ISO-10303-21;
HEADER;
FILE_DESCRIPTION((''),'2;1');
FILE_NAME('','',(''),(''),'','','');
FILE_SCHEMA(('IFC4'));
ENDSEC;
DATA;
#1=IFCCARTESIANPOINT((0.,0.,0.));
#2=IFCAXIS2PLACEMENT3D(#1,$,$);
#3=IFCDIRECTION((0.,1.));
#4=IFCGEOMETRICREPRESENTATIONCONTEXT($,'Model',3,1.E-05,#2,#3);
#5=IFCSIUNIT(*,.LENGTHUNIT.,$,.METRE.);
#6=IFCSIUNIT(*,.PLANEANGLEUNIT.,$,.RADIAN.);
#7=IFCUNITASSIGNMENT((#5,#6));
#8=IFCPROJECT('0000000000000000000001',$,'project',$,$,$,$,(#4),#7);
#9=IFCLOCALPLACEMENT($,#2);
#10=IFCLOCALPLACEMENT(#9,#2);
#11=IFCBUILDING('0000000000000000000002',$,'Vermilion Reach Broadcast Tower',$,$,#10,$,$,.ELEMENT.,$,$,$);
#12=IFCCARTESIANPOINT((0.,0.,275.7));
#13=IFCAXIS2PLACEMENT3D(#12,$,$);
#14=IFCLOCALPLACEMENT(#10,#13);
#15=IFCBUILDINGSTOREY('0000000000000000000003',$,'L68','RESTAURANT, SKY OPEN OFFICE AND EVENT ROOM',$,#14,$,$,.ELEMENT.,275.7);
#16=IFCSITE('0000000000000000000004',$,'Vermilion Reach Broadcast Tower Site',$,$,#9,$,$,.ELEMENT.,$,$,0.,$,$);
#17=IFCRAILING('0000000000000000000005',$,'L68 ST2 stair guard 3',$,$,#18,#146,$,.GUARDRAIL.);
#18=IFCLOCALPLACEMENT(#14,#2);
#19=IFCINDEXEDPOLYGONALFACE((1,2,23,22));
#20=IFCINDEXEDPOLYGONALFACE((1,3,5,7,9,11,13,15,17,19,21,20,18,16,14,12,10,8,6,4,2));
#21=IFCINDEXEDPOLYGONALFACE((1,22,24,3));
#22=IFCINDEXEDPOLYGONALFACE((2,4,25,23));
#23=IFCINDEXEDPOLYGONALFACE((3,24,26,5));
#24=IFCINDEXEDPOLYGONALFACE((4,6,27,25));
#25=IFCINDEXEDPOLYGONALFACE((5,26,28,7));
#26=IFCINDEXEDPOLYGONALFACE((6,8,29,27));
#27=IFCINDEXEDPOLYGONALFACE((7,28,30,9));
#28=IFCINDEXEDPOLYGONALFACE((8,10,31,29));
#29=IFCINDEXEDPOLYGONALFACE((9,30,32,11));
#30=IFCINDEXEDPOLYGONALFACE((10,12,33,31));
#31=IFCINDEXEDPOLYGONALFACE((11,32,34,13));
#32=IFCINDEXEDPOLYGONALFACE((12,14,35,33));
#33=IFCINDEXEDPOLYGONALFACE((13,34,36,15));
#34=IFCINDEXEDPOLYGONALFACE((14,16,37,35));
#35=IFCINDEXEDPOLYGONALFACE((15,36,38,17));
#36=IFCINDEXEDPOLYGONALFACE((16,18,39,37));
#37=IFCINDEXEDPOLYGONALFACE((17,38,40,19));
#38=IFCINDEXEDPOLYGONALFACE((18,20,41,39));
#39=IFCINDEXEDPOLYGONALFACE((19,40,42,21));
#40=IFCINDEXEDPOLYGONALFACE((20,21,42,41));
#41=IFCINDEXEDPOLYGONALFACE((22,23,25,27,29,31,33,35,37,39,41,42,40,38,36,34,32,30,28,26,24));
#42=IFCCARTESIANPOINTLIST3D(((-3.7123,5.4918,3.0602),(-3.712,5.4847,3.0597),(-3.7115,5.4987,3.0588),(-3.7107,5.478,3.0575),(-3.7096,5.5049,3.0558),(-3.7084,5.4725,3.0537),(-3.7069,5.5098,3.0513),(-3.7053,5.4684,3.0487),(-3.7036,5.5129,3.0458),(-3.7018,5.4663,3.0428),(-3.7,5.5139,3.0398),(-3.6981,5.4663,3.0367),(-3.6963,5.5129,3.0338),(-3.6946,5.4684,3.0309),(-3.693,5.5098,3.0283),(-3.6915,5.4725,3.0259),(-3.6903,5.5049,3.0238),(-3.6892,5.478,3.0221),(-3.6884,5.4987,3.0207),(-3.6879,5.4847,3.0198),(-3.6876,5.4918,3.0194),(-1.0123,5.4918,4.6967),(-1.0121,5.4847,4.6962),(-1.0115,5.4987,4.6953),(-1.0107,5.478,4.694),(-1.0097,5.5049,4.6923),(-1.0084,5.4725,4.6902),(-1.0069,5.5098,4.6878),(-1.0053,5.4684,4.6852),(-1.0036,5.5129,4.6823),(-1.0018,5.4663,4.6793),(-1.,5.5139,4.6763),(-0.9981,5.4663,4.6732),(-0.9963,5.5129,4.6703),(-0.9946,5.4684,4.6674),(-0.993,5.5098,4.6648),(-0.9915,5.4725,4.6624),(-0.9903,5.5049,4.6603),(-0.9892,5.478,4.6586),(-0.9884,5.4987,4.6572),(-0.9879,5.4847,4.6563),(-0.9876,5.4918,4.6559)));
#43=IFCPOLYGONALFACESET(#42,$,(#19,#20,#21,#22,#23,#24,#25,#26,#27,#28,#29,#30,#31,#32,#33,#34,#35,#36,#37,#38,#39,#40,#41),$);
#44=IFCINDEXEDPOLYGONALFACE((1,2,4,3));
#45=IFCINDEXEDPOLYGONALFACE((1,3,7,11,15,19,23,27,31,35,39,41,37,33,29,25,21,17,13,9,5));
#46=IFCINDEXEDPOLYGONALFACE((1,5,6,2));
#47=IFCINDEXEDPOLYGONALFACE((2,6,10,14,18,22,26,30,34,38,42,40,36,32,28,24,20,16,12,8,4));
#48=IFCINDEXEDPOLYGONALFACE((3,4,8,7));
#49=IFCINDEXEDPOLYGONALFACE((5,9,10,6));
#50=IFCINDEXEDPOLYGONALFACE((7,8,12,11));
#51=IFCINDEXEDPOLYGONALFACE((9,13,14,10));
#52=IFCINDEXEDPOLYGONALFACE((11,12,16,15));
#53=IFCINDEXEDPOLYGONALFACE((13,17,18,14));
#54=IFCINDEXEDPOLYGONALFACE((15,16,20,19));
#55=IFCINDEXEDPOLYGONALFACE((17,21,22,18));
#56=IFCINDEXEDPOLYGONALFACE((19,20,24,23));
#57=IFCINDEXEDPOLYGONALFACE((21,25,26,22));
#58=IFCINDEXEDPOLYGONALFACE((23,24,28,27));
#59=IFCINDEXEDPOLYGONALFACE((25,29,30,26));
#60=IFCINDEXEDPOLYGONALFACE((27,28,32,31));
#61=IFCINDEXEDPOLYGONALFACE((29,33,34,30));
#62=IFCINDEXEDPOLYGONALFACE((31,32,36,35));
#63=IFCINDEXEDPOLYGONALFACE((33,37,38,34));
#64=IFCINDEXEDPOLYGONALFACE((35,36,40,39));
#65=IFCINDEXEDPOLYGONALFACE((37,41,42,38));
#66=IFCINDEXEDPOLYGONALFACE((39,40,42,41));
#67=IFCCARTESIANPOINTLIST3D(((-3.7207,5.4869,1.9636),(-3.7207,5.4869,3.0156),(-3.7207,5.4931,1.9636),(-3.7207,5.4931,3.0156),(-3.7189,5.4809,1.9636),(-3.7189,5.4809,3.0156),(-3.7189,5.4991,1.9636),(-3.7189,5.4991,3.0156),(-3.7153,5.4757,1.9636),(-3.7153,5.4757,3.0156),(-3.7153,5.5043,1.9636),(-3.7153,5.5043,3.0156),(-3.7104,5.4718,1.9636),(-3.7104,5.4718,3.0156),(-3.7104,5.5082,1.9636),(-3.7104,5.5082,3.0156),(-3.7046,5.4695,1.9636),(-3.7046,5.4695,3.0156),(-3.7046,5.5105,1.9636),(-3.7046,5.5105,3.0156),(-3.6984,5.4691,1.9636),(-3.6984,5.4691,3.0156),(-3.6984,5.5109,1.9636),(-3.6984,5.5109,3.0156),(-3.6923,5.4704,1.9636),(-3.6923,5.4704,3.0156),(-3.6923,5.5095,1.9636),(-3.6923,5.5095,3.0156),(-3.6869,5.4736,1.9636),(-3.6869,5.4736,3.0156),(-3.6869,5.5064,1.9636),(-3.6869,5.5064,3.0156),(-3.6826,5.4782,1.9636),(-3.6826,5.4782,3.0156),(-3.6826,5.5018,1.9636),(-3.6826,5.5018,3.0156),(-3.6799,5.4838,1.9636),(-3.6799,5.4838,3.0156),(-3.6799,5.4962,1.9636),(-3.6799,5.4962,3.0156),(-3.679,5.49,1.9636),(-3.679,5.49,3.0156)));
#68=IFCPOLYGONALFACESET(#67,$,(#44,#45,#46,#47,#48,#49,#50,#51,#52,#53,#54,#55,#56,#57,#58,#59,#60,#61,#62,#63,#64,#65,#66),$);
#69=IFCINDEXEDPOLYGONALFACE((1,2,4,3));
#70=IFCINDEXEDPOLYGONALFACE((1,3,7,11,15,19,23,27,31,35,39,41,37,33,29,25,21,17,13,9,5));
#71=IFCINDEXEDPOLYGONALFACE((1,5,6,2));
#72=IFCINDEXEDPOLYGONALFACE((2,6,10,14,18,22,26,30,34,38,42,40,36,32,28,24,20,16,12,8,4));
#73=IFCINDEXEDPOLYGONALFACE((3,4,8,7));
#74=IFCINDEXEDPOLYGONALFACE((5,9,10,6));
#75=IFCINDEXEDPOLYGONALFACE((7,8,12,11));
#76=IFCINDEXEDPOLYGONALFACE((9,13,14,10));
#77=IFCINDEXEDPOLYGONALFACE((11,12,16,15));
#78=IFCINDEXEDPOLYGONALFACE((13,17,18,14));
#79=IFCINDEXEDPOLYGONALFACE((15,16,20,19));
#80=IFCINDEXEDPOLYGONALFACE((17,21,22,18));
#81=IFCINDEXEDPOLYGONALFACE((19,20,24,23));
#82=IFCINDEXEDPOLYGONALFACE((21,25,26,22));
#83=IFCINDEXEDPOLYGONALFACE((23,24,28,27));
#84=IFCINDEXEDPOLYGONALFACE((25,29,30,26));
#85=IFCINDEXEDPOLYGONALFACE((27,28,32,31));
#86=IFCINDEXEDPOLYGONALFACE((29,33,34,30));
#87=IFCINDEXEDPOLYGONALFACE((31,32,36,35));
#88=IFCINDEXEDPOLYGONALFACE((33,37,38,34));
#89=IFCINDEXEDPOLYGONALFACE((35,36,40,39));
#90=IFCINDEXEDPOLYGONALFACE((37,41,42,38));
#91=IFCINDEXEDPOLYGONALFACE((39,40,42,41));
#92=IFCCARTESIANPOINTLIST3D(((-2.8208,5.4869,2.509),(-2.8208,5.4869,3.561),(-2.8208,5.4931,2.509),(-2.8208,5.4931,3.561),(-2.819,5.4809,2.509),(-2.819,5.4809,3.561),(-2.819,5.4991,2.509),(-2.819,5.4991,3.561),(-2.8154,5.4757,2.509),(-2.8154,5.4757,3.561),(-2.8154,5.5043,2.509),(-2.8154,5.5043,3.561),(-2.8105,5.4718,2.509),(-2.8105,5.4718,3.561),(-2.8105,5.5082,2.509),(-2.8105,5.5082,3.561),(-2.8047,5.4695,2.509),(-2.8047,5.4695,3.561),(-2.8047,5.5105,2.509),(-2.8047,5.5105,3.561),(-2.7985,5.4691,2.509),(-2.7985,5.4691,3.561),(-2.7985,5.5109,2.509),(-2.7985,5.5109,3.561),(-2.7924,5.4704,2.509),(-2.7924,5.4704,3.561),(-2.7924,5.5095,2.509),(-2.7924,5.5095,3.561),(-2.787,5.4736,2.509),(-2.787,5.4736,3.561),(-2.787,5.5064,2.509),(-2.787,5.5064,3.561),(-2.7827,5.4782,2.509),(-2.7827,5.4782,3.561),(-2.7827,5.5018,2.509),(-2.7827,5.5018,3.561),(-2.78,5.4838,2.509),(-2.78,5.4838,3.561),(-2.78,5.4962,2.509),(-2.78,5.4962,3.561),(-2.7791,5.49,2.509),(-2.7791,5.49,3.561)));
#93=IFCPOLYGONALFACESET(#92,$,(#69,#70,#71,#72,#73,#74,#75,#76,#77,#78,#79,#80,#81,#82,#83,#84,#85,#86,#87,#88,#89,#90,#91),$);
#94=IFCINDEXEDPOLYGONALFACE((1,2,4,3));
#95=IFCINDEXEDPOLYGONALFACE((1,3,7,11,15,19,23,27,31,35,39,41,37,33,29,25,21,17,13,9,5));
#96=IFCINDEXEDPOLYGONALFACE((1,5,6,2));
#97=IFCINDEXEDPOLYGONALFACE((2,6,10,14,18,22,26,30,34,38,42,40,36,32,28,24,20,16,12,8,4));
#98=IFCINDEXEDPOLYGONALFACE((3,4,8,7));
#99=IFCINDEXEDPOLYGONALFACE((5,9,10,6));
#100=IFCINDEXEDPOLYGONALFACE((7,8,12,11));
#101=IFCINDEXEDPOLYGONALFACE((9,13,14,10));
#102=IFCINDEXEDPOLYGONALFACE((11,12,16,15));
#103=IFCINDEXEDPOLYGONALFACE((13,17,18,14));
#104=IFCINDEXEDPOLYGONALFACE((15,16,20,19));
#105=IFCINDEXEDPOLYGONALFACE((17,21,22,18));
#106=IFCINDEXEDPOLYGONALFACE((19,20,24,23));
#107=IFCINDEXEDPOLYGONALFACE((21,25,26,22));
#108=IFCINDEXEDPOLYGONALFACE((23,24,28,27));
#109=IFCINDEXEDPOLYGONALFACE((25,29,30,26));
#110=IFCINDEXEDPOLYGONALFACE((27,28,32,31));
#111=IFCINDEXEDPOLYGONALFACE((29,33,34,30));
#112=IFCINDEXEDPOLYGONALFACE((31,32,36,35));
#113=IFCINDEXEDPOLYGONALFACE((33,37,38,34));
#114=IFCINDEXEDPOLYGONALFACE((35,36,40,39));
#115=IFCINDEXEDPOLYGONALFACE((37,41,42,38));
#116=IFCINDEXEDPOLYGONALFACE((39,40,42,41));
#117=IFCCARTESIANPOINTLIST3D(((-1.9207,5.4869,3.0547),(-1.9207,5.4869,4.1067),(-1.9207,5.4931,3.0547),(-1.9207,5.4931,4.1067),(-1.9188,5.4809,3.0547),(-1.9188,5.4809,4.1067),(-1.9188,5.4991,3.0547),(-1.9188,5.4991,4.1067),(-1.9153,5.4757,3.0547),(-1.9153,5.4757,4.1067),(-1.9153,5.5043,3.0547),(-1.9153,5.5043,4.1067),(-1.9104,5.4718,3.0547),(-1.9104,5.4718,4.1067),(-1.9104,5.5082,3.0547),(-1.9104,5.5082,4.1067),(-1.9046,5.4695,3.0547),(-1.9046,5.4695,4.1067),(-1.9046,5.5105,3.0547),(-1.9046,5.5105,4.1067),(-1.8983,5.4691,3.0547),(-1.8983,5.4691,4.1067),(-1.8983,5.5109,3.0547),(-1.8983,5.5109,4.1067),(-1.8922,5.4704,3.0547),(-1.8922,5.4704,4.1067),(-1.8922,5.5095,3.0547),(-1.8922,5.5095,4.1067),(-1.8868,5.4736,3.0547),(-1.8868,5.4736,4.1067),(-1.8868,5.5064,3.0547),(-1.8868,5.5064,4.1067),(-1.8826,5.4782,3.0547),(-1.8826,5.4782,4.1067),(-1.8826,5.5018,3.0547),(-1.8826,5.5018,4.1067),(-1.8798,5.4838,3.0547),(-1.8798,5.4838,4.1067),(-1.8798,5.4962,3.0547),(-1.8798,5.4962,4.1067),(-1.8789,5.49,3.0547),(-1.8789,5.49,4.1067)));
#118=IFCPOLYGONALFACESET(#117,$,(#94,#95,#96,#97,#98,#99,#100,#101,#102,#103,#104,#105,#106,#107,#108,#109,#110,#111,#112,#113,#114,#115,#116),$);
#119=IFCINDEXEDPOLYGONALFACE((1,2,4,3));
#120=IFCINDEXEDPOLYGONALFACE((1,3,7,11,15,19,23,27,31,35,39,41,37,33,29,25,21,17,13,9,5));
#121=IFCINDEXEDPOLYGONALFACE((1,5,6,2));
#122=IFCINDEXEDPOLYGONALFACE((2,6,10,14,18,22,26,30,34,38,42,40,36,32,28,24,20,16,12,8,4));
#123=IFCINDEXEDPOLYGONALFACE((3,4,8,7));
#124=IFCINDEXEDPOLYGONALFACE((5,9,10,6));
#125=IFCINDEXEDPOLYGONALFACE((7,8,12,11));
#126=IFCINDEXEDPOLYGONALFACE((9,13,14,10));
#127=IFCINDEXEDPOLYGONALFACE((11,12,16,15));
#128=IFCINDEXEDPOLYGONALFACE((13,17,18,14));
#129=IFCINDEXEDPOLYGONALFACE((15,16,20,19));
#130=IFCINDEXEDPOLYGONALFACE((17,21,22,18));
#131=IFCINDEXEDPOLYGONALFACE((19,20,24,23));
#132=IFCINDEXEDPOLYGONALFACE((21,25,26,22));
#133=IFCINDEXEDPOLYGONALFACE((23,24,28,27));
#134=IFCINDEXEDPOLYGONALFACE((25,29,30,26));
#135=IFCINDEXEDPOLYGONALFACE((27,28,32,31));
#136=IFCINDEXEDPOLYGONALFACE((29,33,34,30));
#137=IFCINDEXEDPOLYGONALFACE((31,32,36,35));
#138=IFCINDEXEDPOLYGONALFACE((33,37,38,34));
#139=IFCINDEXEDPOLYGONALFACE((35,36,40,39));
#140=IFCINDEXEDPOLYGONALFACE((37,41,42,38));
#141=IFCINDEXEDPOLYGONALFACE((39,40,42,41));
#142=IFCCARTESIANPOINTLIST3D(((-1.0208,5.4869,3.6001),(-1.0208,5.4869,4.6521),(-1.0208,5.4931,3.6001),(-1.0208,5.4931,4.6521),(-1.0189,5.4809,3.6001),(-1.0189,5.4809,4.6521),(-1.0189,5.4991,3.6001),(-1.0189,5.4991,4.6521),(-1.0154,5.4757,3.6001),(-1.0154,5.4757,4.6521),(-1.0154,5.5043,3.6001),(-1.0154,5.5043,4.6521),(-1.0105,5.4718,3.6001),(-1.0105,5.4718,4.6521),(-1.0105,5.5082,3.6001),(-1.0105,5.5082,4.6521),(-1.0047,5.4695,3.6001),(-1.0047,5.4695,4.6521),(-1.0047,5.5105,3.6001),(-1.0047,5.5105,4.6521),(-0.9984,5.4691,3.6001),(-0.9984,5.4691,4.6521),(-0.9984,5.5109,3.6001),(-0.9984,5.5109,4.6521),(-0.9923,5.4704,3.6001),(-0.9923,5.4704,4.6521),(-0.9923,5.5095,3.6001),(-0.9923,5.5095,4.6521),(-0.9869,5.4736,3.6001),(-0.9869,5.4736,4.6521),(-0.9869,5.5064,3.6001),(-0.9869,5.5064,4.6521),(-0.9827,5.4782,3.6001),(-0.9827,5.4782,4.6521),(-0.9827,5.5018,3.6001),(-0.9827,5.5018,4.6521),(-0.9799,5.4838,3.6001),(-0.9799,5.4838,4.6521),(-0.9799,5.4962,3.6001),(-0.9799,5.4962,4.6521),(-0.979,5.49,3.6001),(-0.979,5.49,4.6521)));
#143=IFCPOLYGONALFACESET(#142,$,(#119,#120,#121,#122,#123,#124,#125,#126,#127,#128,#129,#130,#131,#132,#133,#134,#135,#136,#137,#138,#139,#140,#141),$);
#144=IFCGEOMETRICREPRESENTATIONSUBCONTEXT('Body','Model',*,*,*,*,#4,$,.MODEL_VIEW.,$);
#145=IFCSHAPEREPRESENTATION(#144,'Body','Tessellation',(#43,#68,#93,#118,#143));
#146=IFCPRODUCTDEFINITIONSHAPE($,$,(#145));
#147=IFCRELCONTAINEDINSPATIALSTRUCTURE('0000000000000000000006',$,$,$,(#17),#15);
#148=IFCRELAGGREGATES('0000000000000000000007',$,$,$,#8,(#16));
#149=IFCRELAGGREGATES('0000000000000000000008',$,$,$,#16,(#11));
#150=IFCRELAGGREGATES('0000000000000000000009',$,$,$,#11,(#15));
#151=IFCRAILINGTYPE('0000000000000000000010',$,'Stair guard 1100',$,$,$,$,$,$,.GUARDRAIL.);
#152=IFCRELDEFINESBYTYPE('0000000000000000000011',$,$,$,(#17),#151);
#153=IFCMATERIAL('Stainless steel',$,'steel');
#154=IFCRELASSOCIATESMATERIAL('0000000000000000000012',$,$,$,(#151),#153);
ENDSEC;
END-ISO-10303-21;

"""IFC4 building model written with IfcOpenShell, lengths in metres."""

from ifc_helpers import new_model, si_unit, direction, frame, origin, origin_2d, place, context, subcontext, project, spatial, circle, extrude, material, type_object, element, save


model = new_model("IFC4")

# Units and contexts
model_context = context("Model", 3, precision=1e-05, world=origin(), true_north=direction((0.0, 1.0)))
body_context = subcontext(model_context, "Body", "Model", "MODEL_VIEW")
ifc_project = project(units=[si_unit("LENGTHUNIT", "METRE"), si_unit("PLANEANGLEUNIT", "RADIAN")], contexts=[model_context])

# Site, building, storey
site_placement = place(None, origin())
site = spatial("IfcSite", under=ifc_project, at=site_placement, Name="Vermilion Reach Broadcast Tower Site", CompositionType="ELEMENT", RefElevation=0.0)
building_placement = place(site_placement, origin())
building = spatial("IfcBuilding", under=site, at=building_placement, Name="Vermilion Reach Broadcast Tower", CompositionType="ELEMENT")
storey_placement = place(building_placement, frame((0.0, 0.0, 275.7)))
storey = spatial("IfcBuildingStorey", under=building, at=storey_placement, Name="L68", Description="RESTAURANT, SKY OPEN OFFICE AND EVENT ROOM", CompositionType="ELEMENT", Elevation=275.7)

# Railing
ifc_material_1 = material(Name="Stainless steel", Category="steel")
railing_type_1 = type_object("IfcRailingType", Name="Stair guard 1100", PredefinedType="GUARDRAIL", material=ifc_material_1)
railing_1_placement = place(storey_placement, frame((-3.7, 5.49, 1.9636)))
element("IfcRailing", 1, at=railing_1_placement, inside=storey, type_object=railing_type_1, Name="L68 ST2 stair guard 3", PredefinedType="GUARDRAIL", context=body_context, shape_type="SweptSolid", body=[
    extrude(circle(Radius=0.0239, at=origin_2d()), frame((0.0, 0.0, 1.0762), z_axis=(0.855178, 0.0, 0.518334), x_axis=(0.0, 1.0, 0.0)), (0.0, 0.0, 1.0), 3.1572),
    extrude(circle(Radius=0.021, at=origin_2d()), origin(), (0.0, 0.0, 1.0), 1.052),
    extrude(circle(Radius=0.021, at=origin_2d()), frame((0.8999, 0.0, 0.5454)), (0.0, 0.0, 1.0), 1.052),
    extrude(circle(Radius=0.021, at=origin_2d()), frame((1.8, 0.0, 1.0911)), (0.0, 0.0, 1.0), 1.052),
    extrude(circle(Radius=0.021, at=origin_2d()), frame((2.7, 0.0, 1.6365)), (0.0, 0.0, 1.0), 1.052),
])

save(model, "model.ifc")
